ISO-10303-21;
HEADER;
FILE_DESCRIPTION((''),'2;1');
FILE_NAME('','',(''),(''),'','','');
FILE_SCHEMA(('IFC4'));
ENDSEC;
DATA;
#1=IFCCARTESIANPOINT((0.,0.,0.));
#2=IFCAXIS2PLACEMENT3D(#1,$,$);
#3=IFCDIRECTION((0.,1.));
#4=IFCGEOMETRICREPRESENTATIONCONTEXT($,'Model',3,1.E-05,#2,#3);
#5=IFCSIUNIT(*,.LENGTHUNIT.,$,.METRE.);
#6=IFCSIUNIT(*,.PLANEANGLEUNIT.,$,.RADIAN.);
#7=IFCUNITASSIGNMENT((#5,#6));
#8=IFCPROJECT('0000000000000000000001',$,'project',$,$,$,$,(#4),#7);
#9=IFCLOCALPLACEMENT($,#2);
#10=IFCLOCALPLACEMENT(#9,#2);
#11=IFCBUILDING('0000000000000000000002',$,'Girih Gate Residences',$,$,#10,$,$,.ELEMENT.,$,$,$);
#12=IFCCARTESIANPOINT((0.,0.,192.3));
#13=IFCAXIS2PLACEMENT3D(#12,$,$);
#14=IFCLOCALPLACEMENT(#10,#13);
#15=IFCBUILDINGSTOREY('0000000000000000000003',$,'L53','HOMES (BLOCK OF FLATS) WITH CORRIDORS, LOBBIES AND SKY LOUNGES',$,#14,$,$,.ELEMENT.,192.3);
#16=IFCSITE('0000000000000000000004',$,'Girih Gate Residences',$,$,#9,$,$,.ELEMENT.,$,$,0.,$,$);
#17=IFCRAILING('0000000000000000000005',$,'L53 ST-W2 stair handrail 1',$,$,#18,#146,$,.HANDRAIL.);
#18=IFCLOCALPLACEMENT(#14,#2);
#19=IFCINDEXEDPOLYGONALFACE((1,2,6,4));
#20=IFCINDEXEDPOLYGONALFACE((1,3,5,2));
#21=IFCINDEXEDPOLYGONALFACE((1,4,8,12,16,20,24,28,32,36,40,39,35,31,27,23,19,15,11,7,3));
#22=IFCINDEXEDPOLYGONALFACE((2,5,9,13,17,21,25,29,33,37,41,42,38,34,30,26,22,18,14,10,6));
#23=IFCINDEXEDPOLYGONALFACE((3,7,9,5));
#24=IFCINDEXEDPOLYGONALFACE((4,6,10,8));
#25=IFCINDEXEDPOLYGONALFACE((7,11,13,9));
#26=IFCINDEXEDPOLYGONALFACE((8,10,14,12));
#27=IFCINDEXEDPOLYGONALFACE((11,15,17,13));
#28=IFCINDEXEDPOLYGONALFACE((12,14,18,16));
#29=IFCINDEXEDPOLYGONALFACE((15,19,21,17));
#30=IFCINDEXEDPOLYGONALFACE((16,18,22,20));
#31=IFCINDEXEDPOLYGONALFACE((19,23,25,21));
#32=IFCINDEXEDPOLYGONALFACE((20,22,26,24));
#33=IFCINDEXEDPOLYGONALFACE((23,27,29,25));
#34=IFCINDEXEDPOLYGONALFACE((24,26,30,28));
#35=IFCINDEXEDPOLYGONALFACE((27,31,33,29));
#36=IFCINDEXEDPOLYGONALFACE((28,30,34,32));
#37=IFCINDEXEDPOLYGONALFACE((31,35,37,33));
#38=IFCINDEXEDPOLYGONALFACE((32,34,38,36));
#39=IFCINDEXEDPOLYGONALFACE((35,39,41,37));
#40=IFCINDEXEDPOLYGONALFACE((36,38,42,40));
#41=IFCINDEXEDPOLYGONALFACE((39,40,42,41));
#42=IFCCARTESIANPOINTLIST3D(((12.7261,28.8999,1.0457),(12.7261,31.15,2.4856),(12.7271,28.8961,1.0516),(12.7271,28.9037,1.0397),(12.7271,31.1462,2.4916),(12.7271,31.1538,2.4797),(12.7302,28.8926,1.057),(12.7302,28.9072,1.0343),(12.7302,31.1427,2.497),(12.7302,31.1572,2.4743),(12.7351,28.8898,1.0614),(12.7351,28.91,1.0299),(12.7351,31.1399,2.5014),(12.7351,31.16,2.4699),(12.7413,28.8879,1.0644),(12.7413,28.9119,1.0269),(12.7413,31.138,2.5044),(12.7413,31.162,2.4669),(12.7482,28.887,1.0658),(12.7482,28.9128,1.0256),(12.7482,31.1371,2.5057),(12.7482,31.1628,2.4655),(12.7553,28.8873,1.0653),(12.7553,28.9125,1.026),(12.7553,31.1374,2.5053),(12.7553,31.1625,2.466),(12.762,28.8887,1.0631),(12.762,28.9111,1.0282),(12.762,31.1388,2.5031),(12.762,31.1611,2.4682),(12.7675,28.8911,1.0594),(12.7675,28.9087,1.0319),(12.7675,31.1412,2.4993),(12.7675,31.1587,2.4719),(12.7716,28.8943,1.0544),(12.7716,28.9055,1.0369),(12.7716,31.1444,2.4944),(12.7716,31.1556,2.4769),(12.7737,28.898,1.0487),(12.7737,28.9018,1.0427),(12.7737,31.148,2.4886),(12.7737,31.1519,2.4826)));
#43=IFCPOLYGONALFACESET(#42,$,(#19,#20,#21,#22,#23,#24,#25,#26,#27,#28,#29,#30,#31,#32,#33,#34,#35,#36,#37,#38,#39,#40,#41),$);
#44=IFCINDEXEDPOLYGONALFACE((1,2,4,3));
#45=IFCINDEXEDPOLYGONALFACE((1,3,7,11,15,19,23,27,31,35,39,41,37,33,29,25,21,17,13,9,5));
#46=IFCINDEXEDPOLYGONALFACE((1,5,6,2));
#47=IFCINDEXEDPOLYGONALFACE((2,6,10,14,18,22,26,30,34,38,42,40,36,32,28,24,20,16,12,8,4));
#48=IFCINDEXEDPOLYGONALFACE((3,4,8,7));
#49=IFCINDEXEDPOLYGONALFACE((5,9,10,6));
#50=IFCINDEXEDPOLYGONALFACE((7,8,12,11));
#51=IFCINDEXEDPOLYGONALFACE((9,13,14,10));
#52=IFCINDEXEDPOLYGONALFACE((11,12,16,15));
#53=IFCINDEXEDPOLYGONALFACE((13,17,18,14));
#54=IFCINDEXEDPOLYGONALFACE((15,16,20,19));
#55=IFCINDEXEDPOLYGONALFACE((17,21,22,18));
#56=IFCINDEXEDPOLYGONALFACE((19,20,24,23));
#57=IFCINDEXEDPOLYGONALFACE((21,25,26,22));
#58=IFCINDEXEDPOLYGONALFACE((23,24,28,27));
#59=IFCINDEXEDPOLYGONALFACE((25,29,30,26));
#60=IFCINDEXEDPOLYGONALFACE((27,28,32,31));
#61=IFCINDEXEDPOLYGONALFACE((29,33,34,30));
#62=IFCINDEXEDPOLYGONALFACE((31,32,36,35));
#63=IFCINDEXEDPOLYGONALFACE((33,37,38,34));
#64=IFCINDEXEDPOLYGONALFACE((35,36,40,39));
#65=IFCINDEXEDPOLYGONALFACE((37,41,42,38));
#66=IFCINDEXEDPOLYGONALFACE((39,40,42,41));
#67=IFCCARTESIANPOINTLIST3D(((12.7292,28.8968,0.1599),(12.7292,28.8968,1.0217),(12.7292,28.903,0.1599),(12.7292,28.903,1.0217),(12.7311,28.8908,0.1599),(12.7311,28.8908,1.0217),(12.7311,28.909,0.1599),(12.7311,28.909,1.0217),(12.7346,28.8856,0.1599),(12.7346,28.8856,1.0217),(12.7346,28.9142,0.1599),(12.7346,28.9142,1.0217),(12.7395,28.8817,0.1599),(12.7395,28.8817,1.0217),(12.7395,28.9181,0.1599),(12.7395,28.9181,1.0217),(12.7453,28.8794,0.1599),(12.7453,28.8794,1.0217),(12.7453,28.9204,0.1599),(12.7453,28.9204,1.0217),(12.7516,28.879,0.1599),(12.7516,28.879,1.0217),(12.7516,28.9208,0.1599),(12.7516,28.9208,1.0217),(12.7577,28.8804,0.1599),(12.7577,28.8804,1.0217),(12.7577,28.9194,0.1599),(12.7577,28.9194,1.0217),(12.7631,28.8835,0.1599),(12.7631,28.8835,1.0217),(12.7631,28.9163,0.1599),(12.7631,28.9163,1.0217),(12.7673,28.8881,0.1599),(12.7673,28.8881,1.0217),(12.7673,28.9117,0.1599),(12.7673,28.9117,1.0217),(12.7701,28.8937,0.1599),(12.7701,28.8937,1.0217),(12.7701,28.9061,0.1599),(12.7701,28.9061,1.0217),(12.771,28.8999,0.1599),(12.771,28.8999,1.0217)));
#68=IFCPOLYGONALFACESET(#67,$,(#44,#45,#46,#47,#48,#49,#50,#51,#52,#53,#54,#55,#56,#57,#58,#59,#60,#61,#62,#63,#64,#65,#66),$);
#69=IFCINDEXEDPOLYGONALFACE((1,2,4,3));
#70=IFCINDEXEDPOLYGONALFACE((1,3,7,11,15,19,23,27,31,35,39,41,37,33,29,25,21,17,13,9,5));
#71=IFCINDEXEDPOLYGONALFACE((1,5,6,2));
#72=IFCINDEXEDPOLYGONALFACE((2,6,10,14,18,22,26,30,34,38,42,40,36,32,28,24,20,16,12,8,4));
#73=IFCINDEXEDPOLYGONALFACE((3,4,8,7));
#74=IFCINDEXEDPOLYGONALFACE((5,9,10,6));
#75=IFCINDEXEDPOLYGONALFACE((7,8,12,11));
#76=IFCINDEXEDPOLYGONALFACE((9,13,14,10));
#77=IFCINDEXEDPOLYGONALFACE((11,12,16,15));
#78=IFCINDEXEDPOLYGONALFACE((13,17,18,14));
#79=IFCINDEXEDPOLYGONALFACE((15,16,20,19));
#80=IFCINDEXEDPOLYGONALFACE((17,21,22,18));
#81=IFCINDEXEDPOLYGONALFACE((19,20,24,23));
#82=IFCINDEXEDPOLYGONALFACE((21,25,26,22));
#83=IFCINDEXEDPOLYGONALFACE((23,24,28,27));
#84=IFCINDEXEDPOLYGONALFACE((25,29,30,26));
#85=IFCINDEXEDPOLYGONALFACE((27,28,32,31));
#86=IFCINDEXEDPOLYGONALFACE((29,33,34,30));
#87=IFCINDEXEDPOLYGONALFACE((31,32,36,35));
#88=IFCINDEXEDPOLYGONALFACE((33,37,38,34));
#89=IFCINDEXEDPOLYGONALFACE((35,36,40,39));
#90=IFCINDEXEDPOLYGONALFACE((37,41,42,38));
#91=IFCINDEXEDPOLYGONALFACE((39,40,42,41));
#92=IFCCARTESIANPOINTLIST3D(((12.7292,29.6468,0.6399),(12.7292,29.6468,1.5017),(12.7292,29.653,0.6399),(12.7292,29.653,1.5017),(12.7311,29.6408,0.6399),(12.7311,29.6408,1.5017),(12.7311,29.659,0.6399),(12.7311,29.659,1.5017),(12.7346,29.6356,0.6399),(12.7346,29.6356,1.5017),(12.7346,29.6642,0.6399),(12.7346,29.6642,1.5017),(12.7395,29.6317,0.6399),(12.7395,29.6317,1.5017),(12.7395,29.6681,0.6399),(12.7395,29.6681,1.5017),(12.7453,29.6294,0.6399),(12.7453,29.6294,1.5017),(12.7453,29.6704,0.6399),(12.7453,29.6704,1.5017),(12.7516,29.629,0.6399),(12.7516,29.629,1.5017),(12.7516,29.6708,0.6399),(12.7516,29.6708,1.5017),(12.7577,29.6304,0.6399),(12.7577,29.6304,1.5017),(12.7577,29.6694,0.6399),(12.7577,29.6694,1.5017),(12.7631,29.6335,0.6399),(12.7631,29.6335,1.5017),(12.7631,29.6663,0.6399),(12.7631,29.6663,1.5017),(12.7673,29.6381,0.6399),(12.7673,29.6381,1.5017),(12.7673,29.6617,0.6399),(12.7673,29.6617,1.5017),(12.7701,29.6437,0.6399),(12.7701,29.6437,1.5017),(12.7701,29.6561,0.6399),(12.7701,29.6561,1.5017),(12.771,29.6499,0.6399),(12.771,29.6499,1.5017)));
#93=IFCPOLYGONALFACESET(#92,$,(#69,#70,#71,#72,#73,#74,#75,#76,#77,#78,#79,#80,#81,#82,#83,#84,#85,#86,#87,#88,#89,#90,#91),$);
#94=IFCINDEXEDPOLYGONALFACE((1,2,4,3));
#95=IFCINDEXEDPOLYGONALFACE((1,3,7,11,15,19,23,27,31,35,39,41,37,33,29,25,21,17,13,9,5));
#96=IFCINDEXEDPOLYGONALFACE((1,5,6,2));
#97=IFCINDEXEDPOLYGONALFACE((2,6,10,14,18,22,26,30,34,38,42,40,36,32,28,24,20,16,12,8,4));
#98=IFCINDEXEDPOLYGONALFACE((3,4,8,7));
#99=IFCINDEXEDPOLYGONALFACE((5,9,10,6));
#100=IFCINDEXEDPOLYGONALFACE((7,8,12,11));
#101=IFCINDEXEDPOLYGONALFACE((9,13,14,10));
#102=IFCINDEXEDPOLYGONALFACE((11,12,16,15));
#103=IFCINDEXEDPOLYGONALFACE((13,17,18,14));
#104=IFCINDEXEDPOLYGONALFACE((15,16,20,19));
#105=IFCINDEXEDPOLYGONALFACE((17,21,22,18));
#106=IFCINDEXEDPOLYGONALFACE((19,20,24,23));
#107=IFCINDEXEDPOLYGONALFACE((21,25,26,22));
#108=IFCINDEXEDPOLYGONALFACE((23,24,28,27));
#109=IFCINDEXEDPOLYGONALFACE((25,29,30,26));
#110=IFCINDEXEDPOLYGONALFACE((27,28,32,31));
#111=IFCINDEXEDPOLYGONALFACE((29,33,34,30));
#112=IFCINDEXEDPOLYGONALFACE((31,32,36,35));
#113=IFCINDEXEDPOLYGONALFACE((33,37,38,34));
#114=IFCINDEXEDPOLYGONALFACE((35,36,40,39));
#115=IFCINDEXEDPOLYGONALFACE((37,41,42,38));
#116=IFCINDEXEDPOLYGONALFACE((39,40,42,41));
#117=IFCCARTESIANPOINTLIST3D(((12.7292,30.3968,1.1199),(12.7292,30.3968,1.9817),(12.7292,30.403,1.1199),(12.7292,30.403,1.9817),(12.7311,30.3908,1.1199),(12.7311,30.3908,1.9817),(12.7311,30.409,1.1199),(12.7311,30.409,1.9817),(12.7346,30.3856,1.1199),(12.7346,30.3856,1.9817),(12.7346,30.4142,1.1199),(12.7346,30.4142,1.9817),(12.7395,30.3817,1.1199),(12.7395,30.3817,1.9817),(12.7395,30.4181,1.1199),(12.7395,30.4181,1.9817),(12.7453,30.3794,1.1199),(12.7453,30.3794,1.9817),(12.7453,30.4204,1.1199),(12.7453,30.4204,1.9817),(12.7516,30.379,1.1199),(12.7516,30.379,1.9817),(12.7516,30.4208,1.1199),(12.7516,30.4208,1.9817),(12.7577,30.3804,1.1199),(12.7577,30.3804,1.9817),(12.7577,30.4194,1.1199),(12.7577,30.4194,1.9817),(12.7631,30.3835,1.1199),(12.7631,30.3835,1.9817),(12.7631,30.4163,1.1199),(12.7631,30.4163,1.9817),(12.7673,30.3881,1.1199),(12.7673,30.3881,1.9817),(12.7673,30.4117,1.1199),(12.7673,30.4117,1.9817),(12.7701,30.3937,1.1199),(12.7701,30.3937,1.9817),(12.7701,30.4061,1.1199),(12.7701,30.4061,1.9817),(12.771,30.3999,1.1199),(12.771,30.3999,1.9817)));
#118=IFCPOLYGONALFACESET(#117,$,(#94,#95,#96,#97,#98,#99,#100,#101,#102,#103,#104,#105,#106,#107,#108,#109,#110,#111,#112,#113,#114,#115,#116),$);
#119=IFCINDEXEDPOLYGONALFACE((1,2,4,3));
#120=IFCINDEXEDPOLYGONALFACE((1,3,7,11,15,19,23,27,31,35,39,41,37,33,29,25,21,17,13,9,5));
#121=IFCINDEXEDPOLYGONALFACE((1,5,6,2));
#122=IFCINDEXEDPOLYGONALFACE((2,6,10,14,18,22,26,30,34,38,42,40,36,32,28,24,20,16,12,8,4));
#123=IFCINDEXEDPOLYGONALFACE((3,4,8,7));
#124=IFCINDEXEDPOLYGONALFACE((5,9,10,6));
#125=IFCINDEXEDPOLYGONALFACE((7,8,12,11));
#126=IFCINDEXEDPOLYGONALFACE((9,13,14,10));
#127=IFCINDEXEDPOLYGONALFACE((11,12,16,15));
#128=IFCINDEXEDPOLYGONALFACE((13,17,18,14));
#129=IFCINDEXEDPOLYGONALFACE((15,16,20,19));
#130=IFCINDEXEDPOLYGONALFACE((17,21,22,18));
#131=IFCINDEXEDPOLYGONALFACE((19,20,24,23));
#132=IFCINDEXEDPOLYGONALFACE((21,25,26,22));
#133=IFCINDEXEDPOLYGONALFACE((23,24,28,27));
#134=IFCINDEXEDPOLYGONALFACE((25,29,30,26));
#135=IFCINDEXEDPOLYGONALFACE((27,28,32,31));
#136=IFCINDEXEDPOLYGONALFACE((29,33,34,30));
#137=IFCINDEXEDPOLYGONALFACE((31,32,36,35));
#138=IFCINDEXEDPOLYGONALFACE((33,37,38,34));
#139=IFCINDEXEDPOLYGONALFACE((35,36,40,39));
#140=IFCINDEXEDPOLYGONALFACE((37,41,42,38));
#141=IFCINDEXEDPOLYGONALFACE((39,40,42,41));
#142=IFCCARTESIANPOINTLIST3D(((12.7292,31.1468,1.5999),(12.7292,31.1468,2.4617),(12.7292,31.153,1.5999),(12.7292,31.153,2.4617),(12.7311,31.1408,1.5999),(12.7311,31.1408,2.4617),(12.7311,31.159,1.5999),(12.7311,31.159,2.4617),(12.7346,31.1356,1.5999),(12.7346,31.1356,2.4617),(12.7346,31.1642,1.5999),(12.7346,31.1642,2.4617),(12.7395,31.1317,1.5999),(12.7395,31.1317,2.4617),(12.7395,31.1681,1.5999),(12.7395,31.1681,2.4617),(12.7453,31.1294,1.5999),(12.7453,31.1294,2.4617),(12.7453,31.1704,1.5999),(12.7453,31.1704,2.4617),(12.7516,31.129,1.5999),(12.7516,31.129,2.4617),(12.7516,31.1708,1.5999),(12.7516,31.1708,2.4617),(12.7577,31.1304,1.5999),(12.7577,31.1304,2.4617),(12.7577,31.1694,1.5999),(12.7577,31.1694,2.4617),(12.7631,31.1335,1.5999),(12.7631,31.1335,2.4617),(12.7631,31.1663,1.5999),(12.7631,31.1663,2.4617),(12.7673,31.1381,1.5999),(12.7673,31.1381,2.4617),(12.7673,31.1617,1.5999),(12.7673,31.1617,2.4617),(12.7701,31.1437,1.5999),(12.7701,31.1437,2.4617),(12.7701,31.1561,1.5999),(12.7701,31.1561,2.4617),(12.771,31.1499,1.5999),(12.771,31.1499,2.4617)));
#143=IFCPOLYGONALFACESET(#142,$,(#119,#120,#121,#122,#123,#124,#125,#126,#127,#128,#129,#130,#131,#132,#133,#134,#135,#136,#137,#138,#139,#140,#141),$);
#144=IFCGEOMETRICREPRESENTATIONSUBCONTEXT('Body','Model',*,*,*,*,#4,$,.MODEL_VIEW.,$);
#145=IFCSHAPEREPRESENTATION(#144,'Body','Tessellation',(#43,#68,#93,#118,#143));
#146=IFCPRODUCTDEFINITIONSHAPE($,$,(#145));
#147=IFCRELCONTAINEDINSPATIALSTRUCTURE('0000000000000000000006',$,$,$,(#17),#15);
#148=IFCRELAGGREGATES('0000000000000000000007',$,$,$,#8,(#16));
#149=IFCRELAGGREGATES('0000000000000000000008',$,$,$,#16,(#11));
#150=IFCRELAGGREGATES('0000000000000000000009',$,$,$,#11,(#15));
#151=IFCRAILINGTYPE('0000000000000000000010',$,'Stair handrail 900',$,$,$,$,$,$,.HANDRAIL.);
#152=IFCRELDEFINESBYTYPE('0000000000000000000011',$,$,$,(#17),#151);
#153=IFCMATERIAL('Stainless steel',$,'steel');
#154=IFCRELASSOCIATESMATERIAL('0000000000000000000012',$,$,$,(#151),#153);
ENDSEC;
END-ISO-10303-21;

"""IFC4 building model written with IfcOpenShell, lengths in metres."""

from ifc_helpers import new_model, si_unit, direction, frame, origin, origin_2d, place, context, subcontext, project, spatial, circle, extrude, material, type_object, element, save


model = new_model("IFC4")

# Units and contexts
model_context = context("Model", 3, precision=1e-05, world=origin(), true_north=direction((0.0, 1.0)))
body_context = subcontext(model_context, "Body", "Model", "MODEL_VIEW")
ifc_project = project(units=[si_unit("LENGTHUNIT", "METRE"), si_unit("PLANEANGLEUNIT", "RADIAN")], contexts=[model_context])

# Site, building, storey
site_placement = place(None, origin())
site = spatial("IfcSite", under=ifc_project, at=site_placement, Name="Girih Gate Residences", CompositionType="ELEMENT", RefElevation=0.0)
building_placement = place(site_placement, origin())
building = spatial("IfcBuilding", under=site, at=building_placement, Name="Girih Gate Residences", CompositionType="ELEMENT")
storey_placement = place(building_placement, frame((0.0, 0.0, 192.3)))
storey = spatial("IfcBuildingStorey", under=building, at=storey_placement, Name="L53", Description="HOMES (BLOCK OF FLATS) WITH CORRIDORS, LOBBIES AND SKY LOUNGES", CompositionType="ELEMENT", Elevation=192.3)

# Railing
ifc_material_1 = material(Name="Stainless steel", Category="steel")
railing_type_1 = type_object("IfcRailingType", Name="Stair handrail 900", PredefinedType="HANDRAIL", material=ifc_material_1)
for number, where, name in (
    (1, (12.75, 28.8999, 0.1599), "L53 ST-W2 stair handrail 1"),
):
    element("IfcRailing", number, at=place(storey_placement, frame(where)), inside=storey, type_object=railing_type_1, Name=name, PredefinedType="HANDRAIL", context=body_context, shape_type="SweptSolid", body=[
        extrude(circle(Radius=0.0239, at=origin_2d()), frame((0.0, 0.0, 0.8857), z_axis=(0.0, 0.842281, 0.539038), x_axis=(-1.0, 0.0, 0.0)), (0.0, 0.0, 1.0), 2.6714),
        extrude(circle(Radius=0.021, at=origin_2d()), origin(), (0.0, 0.0, 1.0), 0.8618),
        extrude(circle(Radius=0.021, at=origin_2d()), frame((0.0, 0.75, 0.48)), (0.0, 0.0, 1.0), 0.8618),
        extrude(circle(Radius=0.021, at=origin_2d()), frame((0.0, 1.5, 0.96)), (0.0, 0.0, 1.0), 0.8618),
        extrude(circle(Radius=0.021, at=origin_2d()), frame((0.0, 2.25, 1.4399)), (0.0, 0.0, 1.0), 0.8618),
    ])

save(model, "model.ifc")
